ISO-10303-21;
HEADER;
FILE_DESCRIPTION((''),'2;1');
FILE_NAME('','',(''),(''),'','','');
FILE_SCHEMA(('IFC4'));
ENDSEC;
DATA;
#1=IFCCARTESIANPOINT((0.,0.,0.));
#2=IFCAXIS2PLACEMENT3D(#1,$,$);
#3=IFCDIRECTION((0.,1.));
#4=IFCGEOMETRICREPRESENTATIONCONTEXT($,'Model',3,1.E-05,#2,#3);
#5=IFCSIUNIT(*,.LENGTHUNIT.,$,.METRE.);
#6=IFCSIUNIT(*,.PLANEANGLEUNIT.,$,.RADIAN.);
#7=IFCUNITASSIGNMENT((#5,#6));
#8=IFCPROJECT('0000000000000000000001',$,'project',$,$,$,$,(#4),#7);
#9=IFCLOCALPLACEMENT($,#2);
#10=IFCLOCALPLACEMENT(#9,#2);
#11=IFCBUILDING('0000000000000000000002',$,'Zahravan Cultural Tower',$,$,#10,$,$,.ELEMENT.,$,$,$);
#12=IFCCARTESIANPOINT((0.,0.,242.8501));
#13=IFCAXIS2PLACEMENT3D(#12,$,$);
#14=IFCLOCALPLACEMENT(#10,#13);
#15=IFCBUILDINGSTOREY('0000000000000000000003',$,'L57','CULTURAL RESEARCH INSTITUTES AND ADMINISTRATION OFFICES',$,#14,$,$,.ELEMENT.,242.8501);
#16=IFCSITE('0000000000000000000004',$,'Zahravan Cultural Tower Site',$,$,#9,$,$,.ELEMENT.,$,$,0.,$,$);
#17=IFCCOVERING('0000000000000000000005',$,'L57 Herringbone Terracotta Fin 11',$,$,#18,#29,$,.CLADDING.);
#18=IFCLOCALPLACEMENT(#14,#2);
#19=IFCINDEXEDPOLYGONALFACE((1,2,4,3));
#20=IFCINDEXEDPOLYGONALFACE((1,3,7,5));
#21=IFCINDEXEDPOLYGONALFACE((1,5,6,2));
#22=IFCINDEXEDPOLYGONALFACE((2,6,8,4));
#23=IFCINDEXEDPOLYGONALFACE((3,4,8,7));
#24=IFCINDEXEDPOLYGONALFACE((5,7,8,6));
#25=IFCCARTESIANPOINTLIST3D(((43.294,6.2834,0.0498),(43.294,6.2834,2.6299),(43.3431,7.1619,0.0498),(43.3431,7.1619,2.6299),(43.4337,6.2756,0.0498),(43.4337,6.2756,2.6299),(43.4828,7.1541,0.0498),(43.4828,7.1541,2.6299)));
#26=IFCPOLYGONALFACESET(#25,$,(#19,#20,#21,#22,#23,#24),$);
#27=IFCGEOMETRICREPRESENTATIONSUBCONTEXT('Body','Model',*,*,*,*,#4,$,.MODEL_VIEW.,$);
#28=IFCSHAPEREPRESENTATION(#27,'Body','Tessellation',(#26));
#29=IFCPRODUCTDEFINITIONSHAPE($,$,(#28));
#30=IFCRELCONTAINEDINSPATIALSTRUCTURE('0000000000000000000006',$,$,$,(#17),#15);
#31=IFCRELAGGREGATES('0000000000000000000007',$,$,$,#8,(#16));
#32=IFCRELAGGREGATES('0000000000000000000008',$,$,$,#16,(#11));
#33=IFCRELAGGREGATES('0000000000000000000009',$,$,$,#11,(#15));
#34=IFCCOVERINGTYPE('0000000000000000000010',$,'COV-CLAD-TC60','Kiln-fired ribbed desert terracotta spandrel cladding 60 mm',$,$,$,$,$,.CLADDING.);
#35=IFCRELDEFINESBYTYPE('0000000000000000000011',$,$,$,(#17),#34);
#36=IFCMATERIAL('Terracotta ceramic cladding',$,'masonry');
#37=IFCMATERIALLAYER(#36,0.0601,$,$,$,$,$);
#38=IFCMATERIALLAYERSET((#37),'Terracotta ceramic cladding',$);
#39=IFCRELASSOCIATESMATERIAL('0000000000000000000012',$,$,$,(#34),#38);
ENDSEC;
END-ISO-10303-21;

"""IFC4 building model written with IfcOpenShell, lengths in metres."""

from ifc_helpers import new_model, si_unit, direction, frame, origin, origin_2d, place, context, subcontext, project, spatial, rectangle, extrude, source, transform, mapped, material, layer, layer_set, type_object, element, save


model = new_model("IFC4")

# Units and contexts
model_context = context("Model", 3, precision=1e-05, world=origin(), true_north=direction((0.0, 1.0)))
body_context = subcontext(model_context, "Body", "Model", "MODEL_VIEW")
ifc_project = project(units=[si_unit("LENGTHUNIT", "METRE"), si_unit("PLANEANGLEUNIT", "RADIAN")], contexts=[model_context])

# Site, building, storey
site_placement = place(None, origin())
site = spatial("IfcSite", under=ifc_project, at=site_placement, Name="Zahravan Cultural Tower Site", CompositionType="ELEMENT", RefElevation=0.0)
building_placement = place(site_placement, origin())
building = spatial("IfcBuilding", under=site, at=building_placement, Name="Zahravan Cultural Tower", CompositionType="ELEMENT")
storey_placement = place(building_placement, frame((0.0, 0.0, 242.8501)))
storey = spatial("IfcBuildingStorey", under=building, at=storey_placement, Name="L57", Description="CULTURAL RESEARCH INSTITUTES AND ADMINISTRATION OFFICES", CompositionType="ELEMENT", Elevation=242.8501)

# Covering
ifc_material_1 = material(Name="Terracotta ceramic cladding", Category="masonry")
ifc_layer_1 = layer(ifc_material_1, 0.0601)
ifc_layer_set_1 = layer_set([ifc_layer_1], Name="Terracotta ceramic cladding")
covering_type = type_object("IfcCoveringType", Name="COV-CLAD-TC60", Description="Kiln-fired ribbed desert terracotta spandrel cladding 60 mm", PredefinedType="CLADDING", material=ifc_layer_set_1)
shared_shape_1 = source(origin(), body_context, "Body", "SweptSolid", [
    extrude(rectangle(XDim=0.8799, YDim=0.1399, at=origin_2d()), origin(), (0.0, 0.0, 1.0), 2.5801),
])
for number, where, z_axis, x_axis, name in (
    (1, (43.3884, 6.7188, 0.0498), (0.0, 0.0, 1.0), (-0.055822, -0.998441, 0.0), "L57 Herringbone Terracotta Fin 11"),
):
    element("IfcCovering", number, at=place(storey_placement, frame(where, z_axis=z_axis, x_axis=x_axis)), inside=storey, type_object=covering_type, Name=name, PredefinedType="CLADDING", context=body_context, shape_type="MappedRepresentation", body=[
        mapped(shared_shape_1, transform((0.0, 0.0, 0.0), x_axis=(1.0, 0.0, 0.0), y_axis=(0.0, 1.0, 0.0), z_axis=(0.0, 0.0, 1.0), scale=1.0)),
    ])

save(model, "model.ifc")
